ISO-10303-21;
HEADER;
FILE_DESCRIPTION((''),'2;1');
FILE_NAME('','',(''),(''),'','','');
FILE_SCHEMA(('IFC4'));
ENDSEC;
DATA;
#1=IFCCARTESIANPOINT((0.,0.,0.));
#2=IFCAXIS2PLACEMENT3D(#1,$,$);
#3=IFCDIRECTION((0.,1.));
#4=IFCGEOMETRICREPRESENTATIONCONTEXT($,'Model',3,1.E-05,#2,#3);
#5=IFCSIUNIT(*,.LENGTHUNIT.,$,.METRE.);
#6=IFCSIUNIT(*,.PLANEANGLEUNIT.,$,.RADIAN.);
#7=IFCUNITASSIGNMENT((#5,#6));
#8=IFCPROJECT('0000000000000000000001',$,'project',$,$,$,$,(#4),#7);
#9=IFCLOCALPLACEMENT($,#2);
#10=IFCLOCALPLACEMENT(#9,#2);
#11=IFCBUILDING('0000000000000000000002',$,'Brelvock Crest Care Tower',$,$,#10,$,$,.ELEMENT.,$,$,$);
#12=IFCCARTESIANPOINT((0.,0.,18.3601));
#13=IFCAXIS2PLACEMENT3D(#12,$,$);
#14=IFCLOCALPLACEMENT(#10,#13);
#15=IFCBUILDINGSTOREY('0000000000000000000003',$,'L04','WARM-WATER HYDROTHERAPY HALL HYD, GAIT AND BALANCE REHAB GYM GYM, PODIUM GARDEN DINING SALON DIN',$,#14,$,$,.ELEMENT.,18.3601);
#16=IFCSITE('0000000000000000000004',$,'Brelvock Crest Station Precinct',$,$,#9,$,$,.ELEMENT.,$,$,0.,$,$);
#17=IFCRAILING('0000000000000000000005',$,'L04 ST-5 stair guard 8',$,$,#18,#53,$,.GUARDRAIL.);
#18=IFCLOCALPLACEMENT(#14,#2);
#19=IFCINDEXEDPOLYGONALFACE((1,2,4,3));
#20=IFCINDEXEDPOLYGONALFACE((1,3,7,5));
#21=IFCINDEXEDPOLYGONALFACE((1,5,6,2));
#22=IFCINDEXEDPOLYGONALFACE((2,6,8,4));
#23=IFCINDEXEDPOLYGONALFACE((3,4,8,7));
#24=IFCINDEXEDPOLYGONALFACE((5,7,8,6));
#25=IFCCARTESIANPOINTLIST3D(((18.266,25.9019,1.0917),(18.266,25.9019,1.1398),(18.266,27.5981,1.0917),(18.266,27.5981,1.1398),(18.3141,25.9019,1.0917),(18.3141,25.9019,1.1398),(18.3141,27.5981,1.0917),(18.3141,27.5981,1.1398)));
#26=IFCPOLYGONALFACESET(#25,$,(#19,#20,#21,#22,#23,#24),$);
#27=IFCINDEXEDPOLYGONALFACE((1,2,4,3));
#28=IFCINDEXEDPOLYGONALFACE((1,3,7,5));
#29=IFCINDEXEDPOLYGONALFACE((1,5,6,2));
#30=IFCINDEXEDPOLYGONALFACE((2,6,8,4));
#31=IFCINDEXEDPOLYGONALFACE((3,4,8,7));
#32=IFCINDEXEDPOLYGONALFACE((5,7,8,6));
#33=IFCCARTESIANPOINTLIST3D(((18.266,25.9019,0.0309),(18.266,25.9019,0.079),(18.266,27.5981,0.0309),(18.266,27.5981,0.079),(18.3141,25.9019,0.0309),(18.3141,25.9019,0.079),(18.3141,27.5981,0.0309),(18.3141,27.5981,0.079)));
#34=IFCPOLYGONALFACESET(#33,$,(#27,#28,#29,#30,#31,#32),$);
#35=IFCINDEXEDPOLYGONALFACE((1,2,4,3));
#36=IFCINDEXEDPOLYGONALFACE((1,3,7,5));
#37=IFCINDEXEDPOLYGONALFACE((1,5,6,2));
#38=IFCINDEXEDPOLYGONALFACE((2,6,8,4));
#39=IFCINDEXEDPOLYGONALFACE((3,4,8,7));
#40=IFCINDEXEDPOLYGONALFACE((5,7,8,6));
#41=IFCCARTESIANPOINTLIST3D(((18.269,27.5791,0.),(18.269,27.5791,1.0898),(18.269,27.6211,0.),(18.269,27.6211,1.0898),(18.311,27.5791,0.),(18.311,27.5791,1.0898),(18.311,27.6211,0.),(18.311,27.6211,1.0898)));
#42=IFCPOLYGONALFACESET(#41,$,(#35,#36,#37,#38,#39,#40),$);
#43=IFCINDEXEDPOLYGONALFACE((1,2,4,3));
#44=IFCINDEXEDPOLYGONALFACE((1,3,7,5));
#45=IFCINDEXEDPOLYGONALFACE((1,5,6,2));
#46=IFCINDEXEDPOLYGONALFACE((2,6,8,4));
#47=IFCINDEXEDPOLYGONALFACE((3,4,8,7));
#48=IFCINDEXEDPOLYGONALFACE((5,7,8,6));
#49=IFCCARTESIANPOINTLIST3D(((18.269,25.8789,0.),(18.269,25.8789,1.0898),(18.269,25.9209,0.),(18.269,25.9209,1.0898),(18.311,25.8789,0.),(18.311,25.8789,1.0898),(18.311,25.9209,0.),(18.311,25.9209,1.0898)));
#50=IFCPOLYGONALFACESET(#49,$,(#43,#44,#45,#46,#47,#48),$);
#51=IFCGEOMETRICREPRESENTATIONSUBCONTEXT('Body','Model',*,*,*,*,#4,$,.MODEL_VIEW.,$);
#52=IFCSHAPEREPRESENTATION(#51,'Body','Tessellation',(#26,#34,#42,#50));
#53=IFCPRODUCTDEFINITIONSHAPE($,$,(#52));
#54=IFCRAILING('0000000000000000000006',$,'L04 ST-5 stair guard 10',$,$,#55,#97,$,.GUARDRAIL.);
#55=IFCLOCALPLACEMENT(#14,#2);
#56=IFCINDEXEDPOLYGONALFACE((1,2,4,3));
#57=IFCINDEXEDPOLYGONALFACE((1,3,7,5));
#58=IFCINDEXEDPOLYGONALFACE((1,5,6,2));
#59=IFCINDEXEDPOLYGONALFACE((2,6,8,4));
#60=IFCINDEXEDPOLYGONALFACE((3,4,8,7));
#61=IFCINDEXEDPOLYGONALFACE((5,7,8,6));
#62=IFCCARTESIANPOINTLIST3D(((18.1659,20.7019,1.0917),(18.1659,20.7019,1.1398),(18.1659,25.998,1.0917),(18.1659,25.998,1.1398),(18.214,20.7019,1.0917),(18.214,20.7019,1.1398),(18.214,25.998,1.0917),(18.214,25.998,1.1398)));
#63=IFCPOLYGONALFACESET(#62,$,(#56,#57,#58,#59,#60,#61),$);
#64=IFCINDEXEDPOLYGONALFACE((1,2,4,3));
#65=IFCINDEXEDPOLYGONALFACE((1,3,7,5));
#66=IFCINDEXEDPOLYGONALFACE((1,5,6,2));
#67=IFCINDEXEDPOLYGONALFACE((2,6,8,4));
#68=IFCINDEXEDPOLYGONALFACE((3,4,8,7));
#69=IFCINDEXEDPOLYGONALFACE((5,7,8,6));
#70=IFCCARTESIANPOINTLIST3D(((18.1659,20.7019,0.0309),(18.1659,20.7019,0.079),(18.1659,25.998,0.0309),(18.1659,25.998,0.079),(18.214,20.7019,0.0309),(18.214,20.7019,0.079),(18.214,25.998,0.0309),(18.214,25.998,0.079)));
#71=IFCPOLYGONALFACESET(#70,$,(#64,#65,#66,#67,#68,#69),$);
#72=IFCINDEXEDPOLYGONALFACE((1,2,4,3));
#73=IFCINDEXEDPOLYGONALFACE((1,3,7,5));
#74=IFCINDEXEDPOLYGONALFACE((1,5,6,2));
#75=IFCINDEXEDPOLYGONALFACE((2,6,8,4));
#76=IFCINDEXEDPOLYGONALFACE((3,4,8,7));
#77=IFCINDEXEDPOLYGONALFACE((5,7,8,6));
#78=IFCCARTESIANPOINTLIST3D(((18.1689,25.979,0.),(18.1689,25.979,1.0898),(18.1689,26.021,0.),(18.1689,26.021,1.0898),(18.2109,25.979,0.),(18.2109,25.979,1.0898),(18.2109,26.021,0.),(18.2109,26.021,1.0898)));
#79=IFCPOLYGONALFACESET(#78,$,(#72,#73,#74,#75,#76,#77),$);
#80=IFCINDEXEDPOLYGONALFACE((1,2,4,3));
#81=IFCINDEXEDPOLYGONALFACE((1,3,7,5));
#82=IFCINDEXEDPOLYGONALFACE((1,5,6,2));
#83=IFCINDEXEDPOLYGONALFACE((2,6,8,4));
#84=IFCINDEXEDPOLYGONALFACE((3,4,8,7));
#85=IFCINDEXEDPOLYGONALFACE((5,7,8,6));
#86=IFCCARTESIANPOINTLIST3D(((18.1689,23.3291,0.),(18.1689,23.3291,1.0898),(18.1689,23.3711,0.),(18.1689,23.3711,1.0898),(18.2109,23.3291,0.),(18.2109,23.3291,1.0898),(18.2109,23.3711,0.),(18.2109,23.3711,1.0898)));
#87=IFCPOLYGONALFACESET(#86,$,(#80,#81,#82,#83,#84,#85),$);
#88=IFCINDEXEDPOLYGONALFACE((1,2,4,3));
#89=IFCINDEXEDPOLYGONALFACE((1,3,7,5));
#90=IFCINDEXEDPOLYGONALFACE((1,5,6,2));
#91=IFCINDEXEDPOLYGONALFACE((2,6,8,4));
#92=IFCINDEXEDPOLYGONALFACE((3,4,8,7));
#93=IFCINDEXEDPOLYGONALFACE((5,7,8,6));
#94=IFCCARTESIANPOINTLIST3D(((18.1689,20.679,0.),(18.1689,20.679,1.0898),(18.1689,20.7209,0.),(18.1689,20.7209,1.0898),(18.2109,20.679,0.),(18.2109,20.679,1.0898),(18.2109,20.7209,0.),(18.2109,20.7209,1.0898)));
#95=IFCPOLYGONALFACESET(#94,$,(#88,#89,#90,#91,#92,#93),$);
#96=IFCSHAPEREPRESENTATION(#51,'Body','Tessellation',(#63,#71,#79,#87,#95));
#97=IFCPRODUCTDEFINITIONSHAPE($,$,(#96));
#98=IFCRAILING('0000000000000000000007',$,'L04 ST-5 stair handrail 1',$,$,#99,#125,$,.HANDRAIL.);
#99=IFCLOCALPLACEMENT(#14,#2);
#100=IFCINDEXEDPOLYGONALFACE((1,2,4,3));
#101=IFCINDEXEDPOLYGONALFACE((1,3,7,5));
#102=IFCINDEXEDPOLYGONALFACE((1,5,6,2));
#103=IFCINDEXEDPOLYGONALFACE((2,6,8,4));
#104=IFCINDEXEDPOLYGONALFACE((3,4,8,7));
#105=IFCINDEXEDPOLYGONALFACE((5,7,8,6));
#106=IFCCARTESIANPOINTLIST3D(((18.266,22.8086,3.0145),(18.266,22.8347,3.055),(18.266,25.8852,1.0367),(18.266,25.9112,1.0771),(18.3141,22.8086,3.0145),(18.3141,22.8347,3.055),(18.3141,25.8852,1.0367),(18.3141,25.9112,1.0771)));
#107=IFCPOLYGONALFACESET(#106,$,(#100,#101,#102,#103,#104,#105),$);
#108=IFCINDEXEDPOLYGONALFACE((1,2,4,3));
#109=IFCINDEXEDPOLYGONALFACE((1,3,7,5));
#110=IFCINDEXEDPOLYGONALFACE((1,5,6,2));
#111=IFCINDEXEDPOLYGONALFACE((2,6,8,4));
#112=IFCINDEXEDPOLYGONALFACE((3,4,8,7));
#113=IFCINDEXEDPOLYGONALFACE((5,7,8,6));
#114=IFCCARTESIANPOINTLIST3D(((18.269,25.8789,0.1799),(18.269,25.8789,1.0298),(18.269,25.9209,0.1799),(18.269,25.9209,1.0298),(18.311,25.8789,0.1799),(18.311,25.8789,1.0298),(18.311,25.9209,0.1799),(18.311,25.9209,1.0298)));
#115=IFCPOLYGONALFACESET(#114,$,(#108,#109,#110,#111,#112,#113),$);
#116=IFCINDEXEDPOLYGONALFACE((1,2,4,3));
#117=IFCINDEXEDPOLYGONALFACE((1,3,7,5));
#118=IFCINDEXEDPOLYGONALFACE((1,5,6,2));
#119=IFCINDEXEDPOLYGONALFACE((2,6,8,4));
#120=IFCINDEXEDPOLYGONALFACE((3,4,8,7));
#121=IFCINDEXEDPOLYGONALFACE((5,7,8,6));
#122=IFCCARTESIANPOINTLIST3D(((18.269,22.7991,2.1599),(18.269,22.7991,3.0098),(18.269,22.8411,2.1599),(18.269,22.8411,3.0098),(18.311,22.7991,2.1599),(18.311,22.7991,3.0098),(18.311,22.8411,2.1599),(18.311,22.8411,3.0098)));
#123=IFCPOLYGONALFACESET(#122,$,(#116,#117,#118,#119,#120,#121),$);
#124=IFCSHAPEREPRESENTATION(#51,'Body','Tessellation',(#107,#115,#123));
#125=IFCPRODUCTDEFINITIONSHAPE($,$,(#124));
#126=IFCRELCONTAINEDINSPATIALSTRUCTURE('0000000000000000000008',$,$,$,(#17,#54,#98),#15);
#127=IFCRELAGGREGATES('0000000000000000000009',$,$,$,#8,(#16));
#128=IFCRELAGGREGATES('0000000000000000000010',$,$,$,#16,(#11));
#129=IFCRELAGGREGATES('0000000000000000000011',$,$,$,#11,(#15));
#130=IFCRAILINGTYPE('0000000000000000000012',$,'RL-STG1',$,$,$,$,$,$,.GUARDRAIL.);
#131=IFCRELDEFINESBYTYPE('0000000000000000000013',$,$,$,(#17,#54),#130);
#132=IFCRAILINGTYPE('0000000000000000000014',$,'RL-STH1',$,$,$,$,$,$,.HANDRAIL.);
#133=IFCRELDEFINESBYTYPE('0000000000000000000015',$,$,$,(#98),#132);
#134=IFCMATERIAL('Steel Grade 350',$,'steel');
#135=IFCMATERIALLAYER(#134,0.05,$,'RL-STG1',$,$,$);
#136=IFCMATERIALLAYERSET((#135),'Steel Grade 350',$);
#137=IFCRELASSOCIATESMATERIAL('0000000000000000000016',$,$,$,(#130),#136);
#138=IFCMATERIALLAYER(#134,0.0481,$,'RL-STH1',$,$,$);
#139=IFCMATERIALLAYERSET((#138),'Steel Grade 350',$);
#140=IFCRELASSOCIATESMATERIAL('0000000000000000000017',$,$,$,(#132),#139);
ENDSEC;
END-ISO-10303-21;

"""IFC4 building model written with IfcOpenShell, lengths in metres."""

from ifc_helpers import new_model, si_unit, direction, frame, origin, origin_2d, place, context, subcontext, project, spatial, rectangle, extrude, material, layer, layer_set, type_object, element, save


model = new_model("IFC4")

# Units and contexts
model_context = context("Model", 3, precision=1e-05, world=origin(), true_north=direction((0.0, 1.0)))
body_context = subcontext(model_context, "Body", "Model", "MODEL_VIEW")
ifc_project = project(units=[si_unit("LENGTHUNIT", "METRE"), si_unit("PLANEANGLEUNIT", "RADIAN")], contexts=[model_context])

# Site, building, storey
site_placement = place(None, origin())
site = spatial("IfcSite", under=ifc_project, at=site_placement, Name="Brelvock Crest Station Precinct", CompositionType="ELEMENT", RefElevation=0.0)
building_placement = place(site_placement, origin())
building = spatial("IfcBuilding", under=site, at=building_placement, Name="Brelvock Crest Care Tower", CompositionType="ELEMENT")
storey_placement = place(building_placement, frame((0.0, 0.0, 18.3601)))
storey = spatial("IfcBuildingStorey", under=building, at=storey_placement, Name="L04", Description="WARM-WATER HYDROTHERAPY HALL HYD, GAIT AND BALANCE REHAB GYM GYM, PODIUM GARDEN DINING SALON DIN", CompositionType="ELEMENT", Elevation=18.3601)

# Shared definitions
ifc_material_1 = material(Name="Steel Grade 350", Category="steel")

# Railings
ifc_layer_1 = layer(ifc_material_1, 0.05, Name="RL-STG1")
ifc_layer_set_1 = layer_set([ifc_layer_1], Name="Steel Grade 350")
railing_type_1 = type_object("IfcRailingType", Name="RL-STG1", PredefinedType="GUARDRAIL", material=ifc_layer_set_1)
railing_1_placement = place(storey_placement, frame((18.29, 27.6001, 0.0)))
element("IfcRailing", 1, at=railing_1_placement, inside=storey, type_object=railing_type_1, Name="L04 ST-5 stair guard 8", PredefinedType="GUARDRAIL", context=body_context, shape_type="SweptSolid", body=[
    extrude(rectangle(XDim=0.0481, YDim=0.0481, at=origin_2d()), frame((0.0, -0.002, 1.1157), z_axis=(0.0, -1.0, 0.0), x_axis=(1.0, 0.0, 0.0)), (0.0, 0.0, 1.0), 1.6963),
    extrude(rectangle(XDim=0.0481, YDim=0.0481, at=origin_2d()), frame((0.0, -0.002, 0.0549), z_axis=(0.0, -1.0, 0.0), x_axis=(1.0, 0.0, 0.0)), (0.0, 0.0, 1.0), 1.6963),
    extrude(rectangle(XDim=0.042, YDim=0.042, at=origin_2d()), origin(), (0.0, 0.0, 1.0), 1.0898),
    extrude(rectangle(XDim=0.042, YDim=0.042, at=origin_2d()), frame((0.0, -1.7002, 0.0)), (0.0, 0.0, 1.0), 1.0898),
])
railing_2_placement = place(storey_placement, frame((18.1899, 26.0, 0.0)))
element("IfcRailing", 2, at=railing_2_placement, inside=storey, type_object=railing_type_1, Name="L04 ST-5 stair guard 10", PredefinedType="GUARDRAIL", context=body_context, shape_type="SweptSolid", body=[
    extrude(rectangle(XDim=0.0481, YDim=0.0481, at=origin_2d()), frame((0.0, -0.002, 1.1157), z_axis=(0.0, -1.0, 0.0), x_axis=(1.0, 0.0, 0.0)), (0.0, 0.0, 1.0), 5.2961),
    extrude(rectangle(XDim=0.0481, YDim=0.0481, at=origin_2d()), frame((0.0, -0.002, 0.0549), z_axis=(0.0, -1.0, 0.0), x_axis=(1.0, 0.0, 0.0)), (0.0, 0.0, 1.0), 5.2961),
    extrude(rectangle(XDim=0.042, YDim=0.042, at=origin_2d()), origin(), (0.0, 0.0, 1.0), 1.0898),
    extrude(rectangle(XDim=0.042, YDim=0.042, at=origin_2d()), frame((0.0, -2.6499, 0.0)), (0.0, 0.0, 1.0), 1.0898),
    extrude(rectangle(XDim=0.042, YDim=0.042, at=origin_2d()), frame((0.0, -5.3, 0.0)), (0.0, 0.0, 1.0), 1.0898),
])
ifc_layer_2 = layer(ifc_material_1, 0.0481, Name="RL-STH1")
ifc_layer_set_2 = layer_set([ifc_layer_2], Name="Steel Grade 350")
railing_type_2 = type_object("IfcRailingType", Name="RL-STH1", PredefinedType="HANDRAIL", material=ifc_layer_set_2)
railing_3_placement = place(storey_placement, frame((18.29, 25.8999, 0.1799)))
element("IfcRailing", 3, at=railing_3_placement, inside=storey, type_object=railing_type_2, Name="L04 ST-5 stair handrail 1", PredefinedType="HANDRAIL", context=body_context, shape_type="SweptSolid", body=[
    extrude(rectangle(XDim=0.0481, YDim=0.0481, at=origin_2d()), frame((0.0, -0.0017, 0.877), z_axis=(0.0, -0.841168, 0.540774), x_axis=(1.0, 0.0, 0.0)), (0.0, 0.0, 1.0), 3.6575),
    extrude(rectangle(XDim=0.042, YDim=0.042, at=origin_2d()), origin(), (0.0, 0.0, 1.0), 0.8499),
    extrude(rectangle(XDim=0.042, YDim=0.042, at=origin_2d()), frame((0.0, -3.0798, 1.98)), (0.0, 0.0, 1.0), 0.8499),
])

save(model, "model.ifc")
